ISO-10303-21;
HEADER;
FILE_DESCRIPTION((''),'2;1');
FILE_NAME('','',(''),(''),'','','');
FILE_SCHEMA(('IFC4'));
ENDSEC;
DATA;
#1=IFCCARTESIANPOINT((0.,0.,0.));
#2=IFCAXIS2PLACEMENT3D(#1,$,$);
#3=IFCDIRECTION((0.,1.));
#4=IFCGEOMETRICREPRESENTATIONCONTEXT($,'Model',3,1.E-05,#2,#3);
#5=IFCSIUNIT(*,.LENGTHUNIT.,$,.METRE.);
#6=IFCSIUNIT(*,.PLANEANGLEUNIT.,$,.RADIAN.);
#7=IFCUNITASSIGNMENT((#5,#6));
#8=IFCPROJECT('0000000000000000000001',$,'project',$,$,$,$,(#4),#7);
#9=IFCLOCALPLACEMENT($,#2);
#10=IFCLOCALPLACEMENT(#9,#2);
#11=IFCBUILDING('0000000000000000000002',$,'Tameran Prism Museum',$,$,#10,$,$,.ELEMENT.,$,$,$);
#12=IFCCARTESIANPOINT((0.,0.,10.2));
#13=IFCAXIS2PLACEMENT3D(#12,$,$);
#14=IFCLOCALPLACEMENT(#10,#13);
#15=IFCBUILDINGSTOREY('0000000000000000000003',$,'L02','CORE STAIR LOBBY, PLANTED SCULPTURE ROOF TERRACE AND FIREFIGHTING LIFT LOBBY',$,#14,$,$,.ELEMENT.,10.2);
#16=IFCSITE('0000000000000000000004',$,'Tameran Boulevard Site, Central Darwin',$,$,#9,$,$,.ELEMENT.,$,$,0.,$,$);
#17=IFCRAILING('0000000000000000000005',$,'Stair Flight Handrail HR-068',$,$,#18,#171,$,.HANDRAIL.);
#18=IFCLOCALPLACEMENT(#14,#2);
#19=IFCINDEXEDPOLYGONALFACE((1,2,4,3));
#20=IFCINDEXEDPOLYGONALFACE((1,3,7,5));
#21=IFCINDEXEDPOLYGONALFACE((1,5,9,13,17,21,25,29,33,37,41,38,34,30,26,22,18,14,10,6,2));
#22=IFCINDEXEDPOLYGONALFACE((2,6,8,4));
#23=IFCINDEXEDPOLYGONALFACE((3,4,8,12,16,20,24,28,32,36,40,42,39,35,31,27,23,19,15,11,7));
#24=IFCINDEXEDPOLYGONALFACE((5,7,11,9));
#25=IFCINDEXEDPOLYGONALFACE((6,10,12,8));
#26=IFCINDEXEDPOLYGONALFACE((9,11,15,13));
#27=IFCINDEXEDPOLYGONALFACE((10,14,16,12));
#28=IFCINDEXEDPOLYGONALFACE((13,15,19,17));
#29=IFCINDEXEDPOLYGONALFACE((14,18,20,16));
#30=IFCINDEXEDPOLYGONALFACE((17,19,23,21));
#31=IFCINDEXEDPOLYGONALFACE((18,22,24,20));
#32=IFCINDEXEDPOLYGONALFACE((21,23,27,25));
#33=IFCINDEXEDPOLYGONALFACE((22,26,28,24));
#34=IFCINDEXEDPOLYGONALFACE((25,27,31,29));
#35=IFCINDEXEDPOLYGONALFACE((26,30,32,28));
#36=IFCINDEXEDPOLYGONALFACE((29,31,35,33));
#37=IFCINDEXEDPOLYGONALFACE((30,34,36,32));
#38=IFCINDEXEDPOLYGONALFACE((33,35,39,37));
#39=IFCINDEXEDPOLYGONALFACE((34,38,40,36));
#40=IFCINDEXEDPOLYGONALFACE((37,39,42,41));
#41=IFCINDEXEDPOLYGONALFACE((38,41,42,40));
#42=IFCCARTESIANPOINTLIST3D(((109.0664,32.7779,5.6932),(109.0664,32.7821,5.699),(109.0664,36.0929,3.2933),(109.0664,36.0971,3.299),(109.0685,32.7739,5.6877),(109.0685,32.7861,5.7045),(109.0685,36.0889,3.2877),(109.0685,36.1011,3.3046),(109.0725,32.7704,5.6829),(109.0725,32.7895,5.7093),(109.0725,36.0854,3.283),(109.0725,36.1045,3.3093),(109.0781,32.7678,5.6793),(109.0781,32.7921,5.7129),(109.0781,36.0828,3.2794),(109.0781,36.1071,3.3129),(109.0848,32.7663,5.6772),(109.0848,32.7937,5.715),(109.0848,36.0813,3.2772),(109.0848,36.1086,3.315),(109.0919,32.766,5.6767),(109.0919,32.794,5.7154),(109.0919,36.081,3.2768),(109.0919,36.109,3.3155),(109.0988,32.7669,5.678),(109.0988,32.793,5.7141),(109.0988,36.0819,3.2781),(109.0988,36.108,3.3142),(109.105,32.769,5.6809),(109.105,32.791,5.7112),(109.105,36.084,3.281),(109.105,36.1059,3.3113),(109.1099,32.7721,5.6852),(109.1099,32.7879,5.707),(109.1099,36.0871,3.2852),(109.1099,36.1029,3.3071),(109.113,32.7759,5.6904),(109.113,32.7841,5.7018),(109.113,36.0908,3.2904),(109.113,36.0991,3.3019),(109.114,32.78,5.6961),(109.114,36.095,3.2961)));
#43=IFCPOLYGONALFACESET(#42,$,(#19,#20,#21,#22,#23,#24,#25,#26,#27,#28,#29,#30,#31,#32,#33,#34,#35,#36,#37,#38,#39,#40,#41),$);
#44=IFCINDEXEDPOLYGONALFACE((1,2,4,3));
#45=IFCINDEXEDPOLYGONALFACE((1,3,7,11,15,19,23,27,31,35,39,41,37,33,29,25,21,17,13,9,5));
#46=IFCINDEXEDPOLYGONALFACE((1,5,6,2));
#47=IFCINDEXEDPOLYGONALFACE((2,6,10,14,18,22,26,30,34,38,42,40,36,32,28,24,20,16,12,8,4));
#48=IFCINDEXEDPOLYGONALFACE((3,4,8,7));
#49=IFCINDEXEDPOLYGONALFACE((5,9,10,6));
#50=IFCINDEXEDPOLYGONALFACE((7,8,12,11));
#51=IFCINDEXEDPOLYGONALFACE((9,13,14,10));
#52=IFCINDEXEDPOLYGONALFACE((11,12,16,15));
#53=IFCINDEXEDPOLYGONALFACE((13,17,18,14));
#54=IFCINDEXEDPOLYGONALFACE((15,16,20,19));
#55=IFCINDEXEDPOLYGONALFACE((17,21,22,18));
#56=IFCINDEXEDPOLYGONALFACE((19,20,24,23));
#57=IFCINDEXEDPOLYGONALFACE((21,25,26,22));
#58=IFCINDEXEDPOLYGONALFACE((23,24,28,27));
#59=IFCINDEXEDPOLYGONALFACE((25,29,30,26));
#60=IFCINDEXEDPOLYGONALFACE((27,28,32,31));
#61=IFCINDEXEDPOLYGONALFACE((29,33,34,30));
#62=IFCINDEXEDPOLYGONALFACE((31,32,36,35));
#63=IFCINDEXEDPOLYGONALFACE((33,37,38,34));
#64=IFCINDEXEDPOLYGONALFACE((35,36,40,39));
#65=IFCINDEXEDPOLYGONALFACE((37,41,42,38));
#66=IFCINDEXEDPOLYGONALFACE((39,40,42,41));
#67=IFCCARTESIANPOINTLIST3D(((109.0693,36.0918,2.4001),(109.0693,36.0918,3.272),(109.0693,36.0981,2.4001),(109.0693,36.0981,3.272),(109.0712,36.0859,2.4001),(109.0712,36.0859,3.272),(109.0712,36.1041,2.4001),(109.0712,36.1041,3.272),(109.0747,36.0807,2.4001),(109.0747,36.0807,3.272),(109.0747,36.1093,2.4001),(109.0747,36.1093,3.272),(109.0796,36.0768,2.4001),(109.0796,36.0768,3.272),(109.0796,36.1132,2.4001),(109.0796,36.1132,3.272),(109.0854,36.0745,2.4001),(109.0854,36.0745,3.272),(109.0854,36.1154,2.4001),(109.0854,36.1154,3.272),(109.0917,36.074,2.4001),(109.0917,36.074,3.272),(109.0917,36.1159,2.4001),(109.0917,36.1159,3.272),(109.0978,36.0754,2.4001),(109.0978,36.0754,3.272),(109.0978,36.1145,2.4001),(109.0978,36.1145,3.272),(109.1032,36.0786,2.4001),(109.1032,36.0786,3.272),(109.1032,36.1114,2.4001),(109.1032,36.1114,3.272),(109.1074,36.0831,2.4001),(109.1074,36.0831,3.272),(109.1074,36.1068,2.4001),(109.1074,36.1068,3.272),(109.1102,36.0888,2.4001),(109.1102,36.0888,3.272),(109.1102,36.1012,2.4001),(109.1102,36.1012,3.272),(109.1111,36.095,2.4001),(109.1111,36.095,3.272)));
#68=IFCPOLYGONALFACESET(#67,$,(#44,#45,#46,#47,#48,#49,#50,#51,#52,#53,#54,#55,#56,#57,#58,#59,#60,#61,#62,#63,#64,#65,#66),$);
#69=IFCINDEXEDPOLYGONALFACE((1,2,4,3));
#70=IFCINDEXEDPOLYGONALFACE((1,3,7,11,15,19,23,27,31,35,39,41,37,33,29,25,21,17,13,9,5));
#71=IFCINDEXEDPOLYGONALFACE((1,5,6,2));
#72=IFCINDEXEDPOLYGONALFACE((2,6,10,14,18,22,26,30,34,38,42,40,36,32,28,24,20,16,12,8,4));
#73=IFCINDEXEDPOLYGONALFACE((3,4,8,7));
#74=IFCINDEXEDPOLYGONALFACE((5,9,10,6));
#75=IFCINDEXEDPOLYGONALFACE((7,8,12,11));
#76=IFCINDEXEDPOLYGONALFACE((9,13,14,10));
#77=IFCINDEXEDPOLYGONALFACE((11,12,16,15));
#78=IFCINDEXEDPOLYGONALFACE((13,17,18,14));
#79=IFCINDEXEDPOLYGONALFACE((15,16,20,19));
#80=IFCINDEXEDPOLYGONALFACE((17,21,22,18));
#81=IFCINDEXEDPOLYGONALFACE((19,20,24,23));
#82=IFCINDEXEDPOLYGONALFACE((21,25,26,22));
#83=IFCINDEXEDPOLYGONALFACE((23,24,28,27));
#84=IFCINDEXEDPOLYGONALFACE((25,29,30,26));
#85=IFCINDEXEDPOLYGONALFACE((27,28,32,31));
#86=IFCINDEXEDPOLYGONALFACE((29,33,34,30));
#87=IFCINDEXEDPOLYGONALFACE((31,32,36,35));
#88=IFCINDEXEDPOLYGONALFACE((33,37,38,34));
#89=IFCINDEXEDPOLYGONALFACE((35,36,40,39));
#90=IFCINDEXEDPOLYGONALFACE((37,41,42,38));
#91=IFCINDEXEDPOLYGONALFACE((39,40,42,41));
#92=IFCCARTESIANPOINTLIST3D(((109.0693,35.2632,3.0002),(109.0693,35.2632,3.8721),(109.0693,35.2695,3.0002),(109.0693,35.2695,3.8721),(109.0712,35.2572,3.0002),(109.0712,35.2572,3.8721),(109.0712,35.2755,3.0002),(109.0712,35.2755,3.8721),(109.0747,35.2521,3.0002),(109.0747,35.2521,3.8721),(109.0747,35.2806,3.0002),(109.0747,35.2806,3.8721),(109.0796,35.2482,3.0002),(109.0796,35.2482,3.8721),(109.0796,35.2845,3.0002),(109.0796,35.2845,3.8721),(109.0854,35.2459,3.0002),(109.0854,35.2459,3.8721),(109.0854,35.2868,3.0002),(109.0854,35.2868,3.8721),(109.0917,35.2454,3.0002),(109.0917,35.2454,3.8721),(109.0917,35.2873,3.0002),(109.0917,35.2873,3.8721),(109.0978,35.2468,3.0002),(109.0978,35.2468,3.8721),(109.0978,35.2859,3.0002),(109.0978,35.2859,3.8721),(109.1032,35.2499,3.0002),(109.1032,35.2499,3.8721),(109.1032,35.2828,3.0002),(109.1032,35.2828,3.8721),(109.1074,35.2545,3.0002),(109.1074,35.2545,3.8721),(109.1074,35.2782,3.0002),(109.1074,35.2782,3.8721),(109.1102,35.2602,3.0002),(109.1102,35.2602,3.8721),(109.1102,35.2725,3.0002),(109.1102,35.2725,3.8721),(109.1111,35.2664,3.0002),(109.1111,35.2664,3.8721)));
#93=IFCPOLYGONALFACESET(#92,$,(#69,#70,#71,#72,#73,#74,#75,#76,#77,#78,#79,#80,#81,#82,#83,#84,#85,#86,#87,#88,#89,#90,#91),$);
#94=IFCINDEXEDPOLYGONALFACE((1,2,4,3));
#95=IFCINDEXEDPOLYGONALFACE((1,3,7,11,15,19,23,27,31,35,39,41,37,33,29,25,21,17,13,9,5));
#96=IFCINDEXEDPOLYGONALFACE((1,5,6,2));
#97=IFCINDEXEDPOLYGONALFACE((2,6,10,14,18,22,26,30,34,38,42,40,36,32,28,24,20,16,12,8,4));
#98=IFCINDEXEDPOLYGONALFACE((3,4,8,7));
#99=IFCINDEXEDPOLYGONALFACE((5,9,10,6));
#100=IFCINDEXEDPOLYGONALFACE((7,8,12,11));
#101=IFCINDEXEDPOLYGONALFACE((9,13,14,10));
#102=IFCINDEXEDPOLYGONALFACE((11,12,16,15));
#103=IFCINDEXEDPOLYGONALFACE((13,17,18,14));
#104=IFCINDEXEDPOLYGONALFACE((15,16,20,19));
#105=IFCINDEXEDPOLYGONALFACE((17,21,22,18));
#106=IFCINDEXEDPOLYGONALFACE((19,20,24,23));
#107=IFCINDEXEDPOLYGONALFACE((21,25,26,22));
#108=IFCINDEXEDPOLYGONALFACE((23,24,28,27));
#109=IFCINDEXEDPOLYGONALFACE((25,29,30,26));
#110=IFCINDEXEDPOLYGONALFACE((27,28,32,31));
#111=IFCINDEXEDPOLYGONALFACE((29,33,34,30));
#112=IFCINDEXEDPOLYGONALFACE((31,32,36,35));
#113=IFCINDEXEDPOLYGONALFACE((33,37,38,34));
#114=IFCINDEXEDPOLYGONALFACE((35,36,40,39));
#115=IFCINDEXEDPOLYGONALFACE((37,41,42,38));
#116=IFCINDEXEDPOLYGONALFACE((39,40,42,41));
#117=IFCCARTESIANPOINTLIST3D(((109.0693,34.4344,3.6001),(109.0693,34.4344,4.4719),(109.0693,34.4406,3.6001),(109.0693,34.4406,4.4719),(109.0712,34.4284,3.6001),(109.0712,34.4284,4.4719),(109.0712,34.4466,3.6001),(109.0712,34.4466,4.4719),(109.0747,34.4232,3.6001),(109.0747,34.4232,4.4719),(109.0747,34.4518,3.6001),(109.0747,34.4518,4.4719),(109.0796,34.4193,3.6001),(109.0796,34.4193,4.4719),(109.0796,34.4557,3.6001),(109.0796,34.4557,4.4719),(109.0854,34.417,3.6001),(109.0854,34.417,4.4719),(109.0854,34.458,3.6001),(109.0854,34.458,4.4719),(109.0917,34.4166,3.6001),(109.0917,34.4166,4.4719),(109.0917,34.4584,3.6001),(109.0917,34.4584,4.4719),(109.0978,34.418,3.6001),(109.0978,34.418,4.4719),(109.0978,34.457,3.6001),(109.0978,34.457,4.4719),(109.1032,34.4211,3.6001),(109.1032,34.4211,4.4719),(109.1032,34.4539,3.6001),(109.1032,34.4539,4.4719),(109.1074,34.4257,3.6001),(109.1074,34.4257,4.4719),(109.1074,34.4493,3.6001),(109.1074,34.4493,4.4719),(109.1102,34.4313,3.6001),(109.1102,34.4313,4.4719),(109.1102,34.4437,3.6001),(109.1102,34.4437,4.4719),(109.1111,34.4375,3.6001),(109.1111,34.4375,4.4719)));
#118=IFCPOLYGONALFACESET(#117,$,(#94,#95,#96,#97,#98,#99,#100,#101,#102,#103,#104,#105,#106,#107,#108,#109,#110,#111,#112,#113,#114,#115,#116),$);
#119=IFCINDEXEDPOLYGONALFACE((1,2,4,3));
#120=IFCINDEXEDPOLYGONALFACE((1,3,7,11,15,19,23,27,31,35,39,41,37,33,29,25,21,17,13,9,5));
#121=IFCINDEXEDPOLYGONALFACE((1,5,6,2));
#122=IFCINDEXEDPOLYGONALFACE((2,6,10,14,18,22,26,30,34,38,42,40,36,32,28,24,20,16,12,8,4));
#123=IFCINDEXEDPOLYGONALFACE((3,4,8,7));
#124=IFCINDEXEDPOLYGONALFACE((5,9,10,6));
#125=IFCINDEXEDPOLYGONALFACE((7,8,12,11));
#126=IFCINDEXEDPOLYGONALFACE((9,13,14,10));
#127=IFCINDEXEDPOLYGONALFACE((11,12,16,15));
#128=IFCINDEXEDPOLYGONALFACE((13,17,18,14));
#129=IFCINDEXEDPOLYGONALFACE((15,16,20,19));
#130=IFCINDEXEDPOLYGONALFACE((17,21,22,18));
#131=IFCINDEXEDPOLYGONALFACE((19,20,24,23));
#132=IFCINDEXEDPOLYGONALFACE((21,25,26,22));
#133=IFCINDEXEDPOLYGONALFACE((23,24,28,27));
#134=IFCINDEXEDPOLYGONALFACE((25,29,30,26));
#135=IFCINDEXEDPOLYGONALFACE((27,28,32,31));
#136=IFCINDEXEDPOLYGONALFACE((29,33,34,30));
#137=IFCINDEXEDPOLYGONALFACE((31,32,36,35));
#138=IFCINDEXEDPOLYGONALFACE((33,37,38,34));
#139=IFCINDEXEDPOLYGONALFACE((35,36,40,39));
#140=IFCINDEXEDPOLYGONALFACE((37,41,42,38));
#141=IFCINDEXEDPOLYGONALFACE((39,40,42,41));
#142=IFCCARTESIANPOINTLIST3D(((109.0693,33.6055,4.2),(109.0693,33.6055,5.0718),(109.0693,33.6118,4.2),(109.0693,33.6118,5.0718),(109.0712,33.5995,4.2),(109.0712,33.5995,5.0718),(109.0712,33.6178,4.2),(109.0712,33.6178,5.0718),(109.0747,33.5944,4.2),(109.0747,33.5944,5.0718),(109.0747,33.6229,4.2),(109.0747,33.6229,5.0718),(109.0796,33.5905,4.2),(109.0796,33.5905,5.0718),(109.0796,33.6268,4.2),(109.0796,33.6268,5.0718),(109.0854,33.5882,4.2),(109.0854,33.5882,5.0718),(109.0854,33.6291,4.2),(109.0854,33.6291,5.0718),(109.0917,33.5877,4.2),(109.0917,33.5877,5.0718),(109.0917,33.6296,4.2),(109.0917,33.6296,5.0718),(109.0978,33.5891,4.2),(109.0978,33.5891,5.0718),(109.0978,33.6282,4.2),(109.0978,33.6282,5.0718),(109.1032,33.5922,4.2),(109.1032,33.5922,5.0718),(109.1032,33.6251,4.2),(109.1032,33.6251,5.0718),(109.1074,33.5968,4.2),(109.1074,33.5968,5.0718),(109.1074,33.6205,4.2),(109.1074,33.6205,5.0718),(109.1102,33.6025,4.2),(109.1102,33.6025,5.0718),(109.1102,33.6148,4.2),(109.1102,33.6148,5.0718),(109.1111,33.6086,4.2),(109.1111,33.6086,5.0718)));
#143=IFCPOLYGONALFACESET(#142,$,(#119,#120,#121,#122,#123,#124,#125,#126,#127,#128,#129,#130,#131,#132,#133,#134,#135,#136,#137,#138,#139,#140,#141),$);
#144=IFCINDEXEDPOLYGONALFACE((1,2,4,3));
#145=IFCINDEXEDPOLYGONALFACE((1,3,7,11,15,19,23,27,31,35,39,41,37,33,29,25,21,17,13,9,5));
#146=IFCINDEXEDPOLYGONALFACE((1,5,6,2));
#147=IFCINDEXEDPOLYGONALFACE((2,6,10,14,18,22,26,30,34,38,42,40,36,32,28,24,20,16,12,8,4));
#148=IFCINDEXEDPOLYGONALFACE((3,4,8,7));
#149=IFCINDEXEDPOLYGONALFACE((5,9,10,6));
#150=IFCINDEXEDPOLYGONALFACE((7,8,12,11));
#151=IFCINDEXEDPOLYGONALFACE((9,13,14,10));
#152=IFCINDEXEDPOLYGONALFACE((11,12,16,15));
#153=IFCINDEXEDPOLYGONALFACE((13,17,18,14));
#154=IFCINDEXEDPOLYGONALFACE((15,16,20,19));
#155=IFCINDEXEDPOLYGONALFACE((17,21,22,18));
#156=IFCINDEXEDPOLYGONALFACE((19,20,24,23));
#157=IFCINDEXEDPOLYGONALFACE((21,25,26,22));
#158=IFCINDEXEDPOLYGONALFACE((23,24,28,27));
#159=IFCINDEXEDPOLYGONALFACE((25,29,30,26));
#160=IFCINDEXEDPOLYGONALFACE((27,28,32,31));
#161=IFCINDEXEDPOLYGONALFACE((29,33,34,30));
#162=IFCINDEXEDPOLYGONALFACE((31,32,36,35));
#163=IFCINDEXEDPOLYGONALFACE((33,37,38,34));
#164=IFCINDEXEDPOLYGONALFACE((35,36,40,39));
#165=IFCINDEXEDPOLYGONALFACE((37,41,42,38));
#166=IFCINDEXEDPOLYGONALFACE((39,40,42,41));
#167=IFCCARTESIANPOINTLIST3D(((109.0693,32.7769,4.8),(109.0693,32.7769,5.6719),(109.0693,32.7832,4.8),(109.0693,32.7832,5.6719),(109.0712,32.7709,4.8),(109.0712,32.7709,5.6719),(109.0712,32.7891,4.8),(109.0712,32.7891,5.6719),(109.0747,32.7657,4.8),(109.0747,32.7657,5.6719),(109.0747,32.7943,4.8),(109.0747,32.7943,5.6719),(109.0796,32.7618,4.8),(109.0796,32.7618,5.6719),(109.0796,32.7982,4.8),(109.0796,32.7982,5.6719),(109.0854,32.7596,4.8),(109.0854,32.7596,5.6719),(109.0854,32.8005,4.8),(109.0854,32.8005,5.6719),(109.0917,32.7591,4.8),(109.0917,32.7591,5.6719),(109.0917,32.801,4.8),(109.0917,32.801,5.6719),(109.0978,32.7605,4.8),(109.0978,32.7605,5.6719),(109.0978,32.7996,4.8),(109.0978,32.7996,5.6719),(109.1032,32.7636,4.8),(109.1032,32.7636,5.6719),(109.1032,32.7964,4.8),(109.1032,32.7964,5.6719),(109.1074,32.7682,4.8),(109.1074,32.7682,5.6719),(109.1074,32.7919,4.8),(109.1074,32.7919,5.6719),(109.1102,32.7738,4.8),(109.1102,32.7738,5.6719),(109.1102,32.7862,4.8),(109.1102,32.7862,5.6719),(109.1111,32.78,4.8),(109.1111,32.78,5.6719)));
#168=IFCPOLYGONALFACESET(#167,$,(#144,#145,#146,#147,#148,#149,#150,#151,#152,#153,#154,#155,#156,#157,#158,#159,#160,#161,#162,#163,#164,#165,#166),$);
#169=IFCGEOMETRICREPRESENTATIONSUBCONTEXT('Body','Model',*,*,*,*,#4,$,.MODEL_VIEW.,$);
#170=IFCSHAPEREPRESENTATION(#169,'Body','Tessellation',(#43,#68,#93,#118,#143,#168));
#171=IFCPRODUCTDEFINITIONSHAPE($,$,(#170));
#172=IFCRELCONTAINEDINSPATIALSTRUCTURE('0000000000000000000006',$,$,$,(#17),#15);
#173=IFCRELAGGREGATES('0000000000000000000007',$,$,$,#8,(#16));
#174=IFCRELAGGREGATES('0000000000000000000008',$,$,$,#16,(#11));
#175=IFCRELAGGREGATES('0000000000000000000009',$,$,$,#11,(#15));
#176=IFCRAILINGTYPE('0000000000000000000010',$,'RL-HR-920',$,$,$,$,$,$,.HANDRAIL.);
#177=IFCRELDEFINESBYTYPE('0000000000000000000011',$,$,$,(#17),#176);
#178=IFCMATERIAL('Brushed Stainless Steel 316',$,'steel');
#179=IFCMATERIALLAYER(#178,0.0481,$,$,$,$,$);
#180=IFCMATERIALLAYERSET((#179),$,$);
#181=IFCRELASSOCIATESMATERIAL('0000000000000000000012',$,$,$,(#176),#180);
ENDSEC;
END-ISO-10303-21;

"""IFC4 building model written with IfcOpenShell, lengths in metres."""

from ifc_helpers import new_model, si_unit, direction, frame, origin, origin_2d, place, context, subcontext, project, spatial, circle, extrude, material, layer, layer_set, type_object, element, save


model = new_model("IFC4")

# Units and contexts
model_context = context("Model", 3, precision=1e-05, world=origin(), true_north=direction((0.0, 1.0)))
body_context = subcontext(model_context, "Body", "Model", "MODEL_VIEW")
ifc_project = project(units=[si_unit("LENGTHUNIT", "METRE"), si_unit("PLANEANGLEUNIT", "RADIAN")], contexts=[model_context])

# Site, building, storey
site_placement = place(None, origin())
site = spatial("IfcSite", under=ifc_project, at=site_placement, Name="Tameran Boulevard Site, Central Darwin", CompositionType="ELEMENT", RefElevation=0.0)
building_placement = place(site_placement, origin())
building = spatial("IfcBuilding", under=site, at=building_placement, Name="Tameran Prism Museum", CompositionType="ELEMENT")
storey_placement = place(building_placement, frame((0.0, 0.0, 10.2)))
storey = spatial("IfcBuildingStorey", under=building, at=storey_placement, Name="L02", Description="CORE STAIR LOBBY, PLANTED SCULPTURE ROOF TERRACE AND FIREFIGHTING LIFT LOBBY", CompositionType="ELEMENT", Elevation=10.2)

# Railing
ifc_material_1 = material(Name="Brushed Stainless Steel 316", Category="steel")
ifc_layer_1 = layer(ifc_material_1, 0.0481)
ifc_layer_set_1 = layer_set([ifc_layer_1])
railing_type = type_object("IfcRailingType", Name="RL-HR-920", PredefinedType="HANDRAIL", material=ifc_layer_set_1)
railing_placement = place(storey_placement, frame((109.0901, 36.095, 2.4001)))
element("IfcRailing", 1, at=railing_placement, inside=storey, type_object=railing_type, Name="Stair Flight Handrail HR-068", PredefinedType="HANDRAIL", context=body_context, shape_type="SweptSolid", body=[
    extrude(circle(Radius=0.0239, at=origin_2d()), frame((0.0, 0.0, 0.896), z_axis=(0.0, -0.810009, 0.586418), x_axis=(1.0, 0.0, 0.0)), (0.0, 0.0, 1.0), 4.0925),
    extrude(circle(Radius=0.021, at=origin_2d()), origin(), (0.0, 0.0, 1.0), 0.8718),
    extrude(circle(Radius=0.021, at=origin_2d()), frame((0.0, -0.8286, 0.6001)), (0.0, 0.0, 1.0), 0.8718),
    extrude(circle(Radius=0.021, at=origin_2d()), frame((0.0, -1.6575, 1.2)), (0.0, 0.0, 1.0), 0.8718),
    extrude(circle(Radius=0.021, at=origin_2d()), frame((0.0, -2.4863, 1.7998)), (0.0, 0.0, 1.0), 0.8718),
    extrude(circle(Radius=0.021, at=origin_2d()), frame((0.0, -3.3149, 2.3999)), (0.0, 0.0, 1.0), 0.8718),
])

save(model, "model.ifc")
